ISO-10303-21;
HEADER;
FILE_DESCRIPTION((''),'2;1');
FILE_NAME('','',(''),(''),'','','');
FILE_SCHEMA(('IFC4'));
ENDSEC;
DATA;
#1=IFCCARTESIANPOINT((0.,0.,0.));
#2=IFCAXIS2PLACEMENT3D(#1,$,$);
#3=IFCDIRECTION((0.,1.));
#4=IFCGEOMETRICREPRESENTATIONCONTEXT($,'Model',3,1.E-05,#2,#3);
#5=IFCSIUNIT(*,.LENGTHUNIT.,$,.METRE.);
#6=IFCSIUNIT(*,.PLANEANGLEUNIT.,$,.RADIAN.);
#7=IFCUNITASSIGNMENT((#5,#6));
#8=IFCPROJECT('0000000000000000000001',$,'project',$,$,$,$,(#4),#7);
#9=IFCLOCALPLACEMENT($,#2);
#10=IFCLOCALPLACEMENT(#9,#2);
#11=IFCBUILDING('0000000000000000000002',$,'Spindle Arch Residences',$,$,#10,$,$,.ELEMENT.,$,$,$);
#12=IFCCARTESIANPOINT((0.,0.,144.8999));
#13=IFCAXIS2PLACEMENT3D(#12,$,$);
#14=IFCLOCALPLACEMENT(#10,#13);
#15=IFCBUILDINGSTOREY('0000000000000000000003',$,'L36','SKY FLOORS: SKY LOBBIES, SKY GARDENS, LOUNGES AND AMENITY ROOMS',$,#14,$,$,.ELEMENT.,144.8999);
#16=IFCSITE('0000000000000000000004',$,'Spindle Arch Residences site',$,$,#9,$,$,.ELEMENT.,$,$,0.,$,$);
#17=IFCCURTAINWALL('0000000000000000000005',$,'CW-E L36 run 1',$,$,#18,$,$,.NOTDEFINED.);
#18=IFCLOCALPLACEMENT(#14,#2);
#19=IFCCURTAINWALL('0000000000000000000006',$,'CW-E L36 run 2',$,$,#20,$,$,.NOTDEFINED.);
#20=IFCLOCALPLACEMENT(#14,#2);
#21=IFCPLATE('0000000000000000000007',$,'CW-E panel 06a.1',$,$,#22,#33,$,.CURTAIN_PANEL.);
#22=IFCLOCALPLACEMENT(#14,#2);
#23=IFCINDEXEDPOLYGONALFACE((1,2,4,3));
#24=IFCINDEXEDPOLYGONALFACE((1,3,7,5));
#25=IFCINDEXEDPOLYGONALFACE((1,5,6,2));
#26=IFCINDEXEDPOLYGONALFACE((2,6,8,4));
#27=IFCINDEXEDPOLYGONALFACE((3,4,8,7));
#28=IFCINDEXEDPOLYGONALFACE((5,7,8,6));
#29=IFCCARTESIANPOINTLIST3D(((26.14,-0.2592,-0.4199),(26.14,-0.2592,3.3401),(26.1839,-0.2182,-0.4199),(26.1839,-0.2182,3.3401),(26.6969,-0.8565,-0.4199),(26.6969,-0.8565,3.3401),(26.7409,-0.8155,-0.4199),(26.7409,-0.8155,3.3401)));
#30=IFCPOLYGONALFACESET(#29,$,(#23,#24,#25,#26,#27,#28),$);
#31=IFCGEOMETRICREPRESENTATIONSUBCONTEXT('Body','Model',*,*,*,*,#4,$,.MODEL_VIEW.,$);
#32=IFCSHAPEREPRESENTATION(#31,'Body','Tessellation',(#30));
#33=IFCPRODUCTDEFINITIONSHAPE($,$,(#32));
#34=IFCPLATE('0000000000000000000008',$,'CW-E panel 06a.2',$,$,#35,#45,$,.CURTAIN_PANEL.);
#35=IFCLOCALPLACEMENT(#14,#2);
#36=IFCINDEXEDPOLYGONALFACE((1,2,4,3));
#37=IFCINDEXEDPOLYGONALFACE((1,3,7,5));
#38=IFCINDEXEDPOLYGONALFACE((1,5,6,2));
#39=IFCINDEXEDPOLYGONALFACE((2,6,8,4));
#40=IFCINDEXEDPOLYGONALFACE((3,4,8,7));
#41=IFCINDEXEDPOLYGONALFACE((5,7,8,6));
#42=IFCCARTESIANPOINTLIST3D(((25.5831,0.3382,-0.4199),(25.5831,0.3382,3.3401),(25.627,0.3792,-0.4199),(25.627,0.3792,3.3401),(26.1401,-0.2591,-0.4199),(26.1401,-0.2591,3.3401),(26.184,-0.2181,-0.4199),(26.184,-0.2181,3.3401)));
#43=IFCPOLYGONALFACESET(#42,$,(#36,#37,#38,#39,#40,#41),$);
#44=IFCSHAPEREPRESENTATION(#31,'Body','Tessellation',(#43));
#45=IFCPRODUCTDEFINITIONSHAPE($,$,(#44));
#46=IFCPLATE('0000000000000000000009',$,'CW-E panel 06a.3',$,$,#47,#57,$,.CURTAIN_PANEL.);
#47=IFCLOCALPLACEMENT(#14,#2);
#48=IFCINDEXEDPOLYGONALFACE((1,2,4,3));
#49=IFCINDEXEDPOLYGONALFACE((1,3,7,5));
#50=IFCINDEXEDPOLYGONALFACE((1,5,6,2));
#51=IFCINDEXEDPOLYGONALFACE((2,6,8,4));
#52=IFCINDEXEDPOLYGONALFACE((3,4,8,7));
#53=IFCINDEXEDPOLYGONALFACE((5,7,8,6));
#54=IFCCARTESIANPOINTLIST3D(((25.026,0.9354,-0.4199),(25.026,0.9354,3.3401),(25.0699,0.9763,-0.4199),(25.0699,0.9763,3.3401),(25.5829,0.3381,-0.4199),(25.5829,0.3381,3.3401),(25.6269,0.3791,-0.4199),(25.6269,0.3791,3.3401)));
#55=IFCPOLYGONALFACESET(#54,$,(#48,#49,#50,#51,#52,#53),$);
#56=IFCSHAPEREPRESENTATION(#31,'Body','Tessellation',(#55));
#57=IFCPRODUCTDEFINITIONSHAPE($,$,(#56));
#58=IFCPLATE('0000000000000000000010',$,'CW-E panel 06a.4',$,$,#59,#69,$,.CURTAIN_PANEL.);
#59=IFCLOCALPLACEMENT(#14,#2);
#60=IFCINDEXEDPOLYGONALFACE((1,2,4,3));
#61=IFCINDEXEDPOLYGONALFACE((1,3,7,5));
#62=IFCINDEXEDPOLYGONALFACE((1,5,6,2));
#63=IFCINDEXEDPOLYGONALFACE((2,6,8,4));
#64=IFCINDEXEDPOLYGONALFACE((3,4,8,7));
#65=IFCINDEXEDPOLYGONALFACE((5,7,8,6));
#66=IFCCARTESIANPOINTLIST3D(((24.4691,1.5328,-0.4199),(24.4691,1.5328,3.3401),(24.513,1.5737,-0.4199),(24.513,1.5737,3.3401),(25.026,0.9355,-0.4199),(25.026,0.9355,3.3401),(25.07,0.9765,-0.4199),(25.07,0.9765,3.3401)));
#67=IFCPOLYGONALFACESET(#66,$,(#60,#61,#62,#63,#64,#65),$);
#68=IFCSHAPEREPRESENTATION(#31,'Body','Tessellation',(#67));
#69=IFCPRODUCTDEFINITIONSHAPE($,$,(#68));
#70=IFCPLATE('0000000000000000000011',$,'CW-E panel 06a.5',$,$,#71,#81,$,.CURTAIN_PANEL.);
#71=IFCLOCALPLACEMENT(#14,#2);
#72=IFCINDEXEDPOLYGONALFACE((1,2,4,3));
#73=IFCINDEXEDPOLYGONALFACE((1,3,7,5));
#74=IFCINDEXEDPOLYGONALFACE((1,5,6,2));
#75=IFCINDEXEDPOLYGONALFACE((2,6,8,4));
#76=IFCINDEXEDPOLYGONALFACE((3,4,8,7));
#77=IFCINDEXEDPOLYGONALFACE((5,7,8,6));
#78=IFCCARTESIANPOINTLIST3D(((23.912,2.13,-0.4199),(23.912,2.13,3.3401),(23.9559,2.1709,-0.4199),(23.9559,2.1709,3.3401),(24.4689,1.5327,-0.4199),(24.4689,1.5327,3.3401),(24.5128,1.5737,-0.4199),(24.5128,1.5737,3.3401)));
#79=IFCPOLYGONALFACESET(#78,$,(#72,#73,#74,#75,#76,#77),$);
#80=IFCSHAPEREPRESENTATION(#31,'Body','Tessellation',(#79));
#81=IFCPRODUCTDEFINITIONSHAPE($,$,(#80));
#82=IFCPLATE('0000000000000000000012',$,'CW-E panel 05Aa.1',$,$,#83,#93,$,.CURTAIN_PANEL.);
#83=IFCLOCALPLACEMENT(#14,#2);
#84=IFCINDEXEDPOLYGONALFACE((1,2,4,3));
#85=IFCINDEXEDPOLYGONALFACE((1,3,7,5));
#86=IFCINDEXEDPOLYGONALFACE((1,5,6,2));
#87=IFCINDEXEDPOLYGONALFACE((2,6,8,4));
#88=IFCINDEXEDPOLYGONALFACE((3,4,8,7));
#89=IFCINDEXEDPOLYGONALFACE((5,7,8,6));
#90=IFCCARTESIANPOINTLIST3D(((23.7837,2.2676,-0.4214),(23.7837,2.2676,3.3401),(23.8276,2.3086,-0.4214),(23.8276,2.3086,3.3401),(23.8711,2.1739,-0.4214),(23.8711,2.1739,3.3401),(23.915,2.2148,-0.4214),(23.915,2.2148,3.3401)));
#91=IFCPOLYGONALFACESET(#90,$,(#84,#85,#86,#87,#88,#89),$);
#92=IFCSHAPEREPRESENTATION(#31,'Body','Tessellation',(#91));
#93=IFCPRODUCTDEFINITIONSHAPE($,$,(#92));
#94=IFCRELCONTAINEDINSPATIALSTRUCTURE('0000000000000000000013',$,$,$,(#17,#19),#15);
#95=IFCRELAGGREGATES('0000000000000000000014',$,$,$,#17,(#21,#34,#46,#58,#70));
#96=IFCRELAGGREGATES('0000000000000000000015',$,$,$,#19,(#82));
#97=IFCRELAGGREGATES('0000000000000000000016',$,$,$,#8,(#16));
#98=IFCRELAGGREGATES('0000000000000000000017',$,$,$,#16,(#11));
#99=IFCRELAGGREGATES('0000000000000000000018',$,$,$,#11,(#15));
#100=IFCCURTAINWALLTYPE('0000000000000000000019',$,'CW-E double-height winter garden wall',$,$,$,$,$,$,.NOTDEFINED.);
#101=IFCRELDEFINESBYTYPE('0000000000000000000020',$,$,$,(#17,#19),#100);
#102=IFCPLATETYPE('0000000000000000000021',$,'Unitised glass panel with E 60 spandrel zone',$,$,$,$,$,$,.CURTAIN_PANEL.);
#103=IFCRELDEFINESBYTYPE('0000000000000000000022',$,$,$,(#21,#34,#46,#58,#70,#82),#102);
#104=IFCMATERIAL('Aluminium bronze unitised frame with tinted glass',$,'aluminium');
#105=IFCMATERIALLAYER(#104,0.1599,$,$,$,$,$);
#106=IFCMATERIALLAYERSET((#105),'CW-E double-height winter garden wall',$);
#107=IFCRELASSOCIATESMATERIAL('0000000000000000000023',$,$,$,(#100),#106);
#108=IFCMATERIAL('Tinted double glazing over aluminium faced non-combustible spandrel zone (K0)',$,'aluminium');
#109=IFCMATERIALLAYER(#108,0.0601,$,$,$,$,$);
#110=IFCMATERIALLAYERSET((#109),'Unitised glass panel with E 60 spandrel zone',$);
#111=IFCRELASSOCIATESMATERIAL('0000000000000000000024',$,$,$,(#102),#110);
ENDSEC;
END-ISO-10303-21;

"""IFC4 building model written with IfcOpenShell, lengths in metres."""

from ifc_helpers import new_model, si_unit, direction, frame, origin, origin_2d, place, context, subcontext, project, spatial, rectangle, extrude, material, layer, layer_set, type_object, element, aggregate, save


model = new_model("IFC4")

# Units and contexts
model_context = context("Model", 3, precision=1e-05, world=origin(), true_north=direction((0.0, 1.0)))
body_context = subcontext(model_context, "Body", "Model", "MODEL_VIEW")
ifc_project = project(units=[si_unit("LENGTHUNIT", "METRE"), si_unit("PLANEANGLEUNIT", "RADIAN")], contexts=[model_context])

# Site, building, storey
site_placement = place(None, origin())
site = spatial("IfcSite", under=ifc_project, at=site_placement, Name="Spindle Arch Residences site", CompositionType="ELEMENT", RefElevation=0.0)
building_placement = place(site_placement, origin())
building = spatial("IfcBuilding", under=site, at=building_placement, Name="Spindle Arch Residences", CompositionType="ELEMENT")
storey_placement = place(building_placement, frame((0.0, 0.0, 144.8999)))
storey = spatial("IfcBuildingStorey", under=building, at=storey_placement, Name="L36", Description="SKY FLOORS: SKY LOBBIES, SKY GARDENS, LOUNGES AND AMENITY ROOMS", CompositionType="ELEMENT", Elevation=144.8999)

# Curtain walls
ifc_material_1 = material(Name="Aluminium bronze unitised frame with tinted glass", Category="aluminium")
ifc_layer_1 = layer(ifc_material_1, 0.1599)
ifc_layer_set_1 = layer_set([ifc_layer_1], Name="CW-E double-height winter garden wall")
curtain_wall_type = type_object("IfcCurtainWallType", Name="CW-E double-height winter garden wall", PredefinedType="NOTDEFINED", material=ifc_layer_set_1)
curtain_wall_1_placement = place(storey_placement, origin())
curtain_wall_1 = element("IfcCurtainWall", 1, at=curtain_wall_1_placement, inside=storey, type_object=curtain_wall_type, Name="CW-E L36 run 1", PredefinedType="NOTDEFINED")
curtain_wall_2_placement = place(storey_placement, origin())
curtain_wall_2 = element("IfcCurtainWall", 2, at=curtain_wall_2_placement, inside=storey, type_object=curtain_wall_type, Name="CW-E L36 run 2", PredefinedType="NOTDEFINED")

# Plates
ifc_material_2 = material(Name="Tinted double glazing over aluminium faced non-combustible spandrel zone (K0)", Category="aluminium")
ifc_layer_2 = layer(ifc_material_2, 0.0601)
ifc_layer_set_2 = layer_set([ifc_layer_2], Name="Unitised glass panel with E 60 spandrel zone")
plate_type_1 = type_object("IfcPlateType", Name="Unitised glass panel with E 60 spandrel zone", PredefinedType="CURTAIN_PANEL", material=ifc_layer_set_2)
plate_1_placement = place(storey_placement, frame((26.4404, -0.5374, -0.4199), z_axis=(0.0, 0.0, 1.0), x_axis=(-0.681998, 0.731354, 0.0)))
plate_1 = element("IfcPlate", 3, at=plate_1_placement, type_object=plate_type_1, Name="CW-E panel 06a.1", PredefinedType="CURTAIN_PANEL", context=body_context, shape_type="SweptSolid", body=[
    extrude(rectangle(XDim=0.8167, YDim=0.0601, at=origin_2d()), origin(), (0.0, 0.0, 1.0), 3.76),
])
plate_2_placement = place(storey_placement, frame((25.8835, 0.0601, -0.4199), z_axis=(0.0, 0.0, 1.0), x_axis=(-0.681998, 0.731354, 0.0)))
plate_2 = element("IfcPlate", 4, at=plate_2_placement, type_object=plate_type_1, Name="CW-E panel 06a.2", PredefinedType="CURTAIN_PANEL", context=body_context, shape_type="SweptSolid", body=[
    extrude(rectangle(XDim=0.8167, YDim=0.0601, at=origin_2d()), origin(), (0.0, 0.0, 1.0), 3.76),
])
plate_3_placement = place(storey_placement, frame((25.3264, 0.6572, -0.4199), z_axis=(0.0, 0.0, 1.0), x_axis=(-0.681998, 0.731354, 0.0)))
plate_3 = element("IfcPlate", 5, at=plate_3_placement, type_object=plate_type_1, Name="CW-E panel 06a.3", PredefinedType="CURTAIN_PANEL", context=body_context, shape_type="SweptSolid", body=[
    extrude(rectangle(XDim=0.8167, YDim=0.0601, at=origin_2d()), origin(), (0.0, 0.0, 1.0), 3.76),
])
plate_4_placement = place(storey_placement, frame((24.7695, 1.2546, -0.4199), z_axis=(0.0, 0.0, 1.0), x_axis=(-0.681998, 0.731354, 0.0)))
plate_4 = element("IfcPlate", 6, at=plate_4_placement, type_object=plate_type_1, Name="CW-E panel 06a.4", PredefinedType="CURTAIN_PANEL", context=body_context, shape_type="SweptSolid", body=[
    extrude(rectangle(XDim=0.8167, YDim=0.0601, at=origin_2d()), origin(), (0.0, 0.0, 1.0), 3.76),
])
plate_5_placement = place(storey_placement, frame((24.2124, 1.8518, -0.4199), z_axis=(0.0, 0.0, 1.0), x_axis=(-0.681998, 0.731354, 0.0)))
plate_5 = element("IfcPlate", 7, at=plate_5_placement, type_object=plate_type_1, Name="CW-E panel 06a.5", PredefinedType="CURTAIN_PANEL", context=body_context, shape_type="SweptSolid", body=[
    extrude(rectangle(XDim=0.8167, YDim=0.0601, at=origin_2d()), origin(), (0.0, 0.0, 1.0), 3.76),
])
aggregate(curtain_wall_1, [plate_1, plate_2, plate_3, plate_4, plate_5])
plate_6_placement = place(storey_placement, frame((23.8494, 2.2412, -0.4214), z_axis=(0.0, 0.0, 1.0), x_axis=(-0.681998, 0.731354, 0.0)))
plate_6 = element("IfcPlate", 8, at=plate_6_placement, type_object=plate_type_1, Name="CW-E panel 05Aa.1", PredefinedType="CURTAIN_PANEL", context=body_context, shape_type="SweptSolid", body=[
    extrude(rectangle(XDim=0.1282, YDim=0.0601, at=origin_2d()), origin(), (0.0, 0.0, 1.0), 3.7615),
])
aggregate(curtain_wall_2, [plate_6])

save(model, "model.ifc")
